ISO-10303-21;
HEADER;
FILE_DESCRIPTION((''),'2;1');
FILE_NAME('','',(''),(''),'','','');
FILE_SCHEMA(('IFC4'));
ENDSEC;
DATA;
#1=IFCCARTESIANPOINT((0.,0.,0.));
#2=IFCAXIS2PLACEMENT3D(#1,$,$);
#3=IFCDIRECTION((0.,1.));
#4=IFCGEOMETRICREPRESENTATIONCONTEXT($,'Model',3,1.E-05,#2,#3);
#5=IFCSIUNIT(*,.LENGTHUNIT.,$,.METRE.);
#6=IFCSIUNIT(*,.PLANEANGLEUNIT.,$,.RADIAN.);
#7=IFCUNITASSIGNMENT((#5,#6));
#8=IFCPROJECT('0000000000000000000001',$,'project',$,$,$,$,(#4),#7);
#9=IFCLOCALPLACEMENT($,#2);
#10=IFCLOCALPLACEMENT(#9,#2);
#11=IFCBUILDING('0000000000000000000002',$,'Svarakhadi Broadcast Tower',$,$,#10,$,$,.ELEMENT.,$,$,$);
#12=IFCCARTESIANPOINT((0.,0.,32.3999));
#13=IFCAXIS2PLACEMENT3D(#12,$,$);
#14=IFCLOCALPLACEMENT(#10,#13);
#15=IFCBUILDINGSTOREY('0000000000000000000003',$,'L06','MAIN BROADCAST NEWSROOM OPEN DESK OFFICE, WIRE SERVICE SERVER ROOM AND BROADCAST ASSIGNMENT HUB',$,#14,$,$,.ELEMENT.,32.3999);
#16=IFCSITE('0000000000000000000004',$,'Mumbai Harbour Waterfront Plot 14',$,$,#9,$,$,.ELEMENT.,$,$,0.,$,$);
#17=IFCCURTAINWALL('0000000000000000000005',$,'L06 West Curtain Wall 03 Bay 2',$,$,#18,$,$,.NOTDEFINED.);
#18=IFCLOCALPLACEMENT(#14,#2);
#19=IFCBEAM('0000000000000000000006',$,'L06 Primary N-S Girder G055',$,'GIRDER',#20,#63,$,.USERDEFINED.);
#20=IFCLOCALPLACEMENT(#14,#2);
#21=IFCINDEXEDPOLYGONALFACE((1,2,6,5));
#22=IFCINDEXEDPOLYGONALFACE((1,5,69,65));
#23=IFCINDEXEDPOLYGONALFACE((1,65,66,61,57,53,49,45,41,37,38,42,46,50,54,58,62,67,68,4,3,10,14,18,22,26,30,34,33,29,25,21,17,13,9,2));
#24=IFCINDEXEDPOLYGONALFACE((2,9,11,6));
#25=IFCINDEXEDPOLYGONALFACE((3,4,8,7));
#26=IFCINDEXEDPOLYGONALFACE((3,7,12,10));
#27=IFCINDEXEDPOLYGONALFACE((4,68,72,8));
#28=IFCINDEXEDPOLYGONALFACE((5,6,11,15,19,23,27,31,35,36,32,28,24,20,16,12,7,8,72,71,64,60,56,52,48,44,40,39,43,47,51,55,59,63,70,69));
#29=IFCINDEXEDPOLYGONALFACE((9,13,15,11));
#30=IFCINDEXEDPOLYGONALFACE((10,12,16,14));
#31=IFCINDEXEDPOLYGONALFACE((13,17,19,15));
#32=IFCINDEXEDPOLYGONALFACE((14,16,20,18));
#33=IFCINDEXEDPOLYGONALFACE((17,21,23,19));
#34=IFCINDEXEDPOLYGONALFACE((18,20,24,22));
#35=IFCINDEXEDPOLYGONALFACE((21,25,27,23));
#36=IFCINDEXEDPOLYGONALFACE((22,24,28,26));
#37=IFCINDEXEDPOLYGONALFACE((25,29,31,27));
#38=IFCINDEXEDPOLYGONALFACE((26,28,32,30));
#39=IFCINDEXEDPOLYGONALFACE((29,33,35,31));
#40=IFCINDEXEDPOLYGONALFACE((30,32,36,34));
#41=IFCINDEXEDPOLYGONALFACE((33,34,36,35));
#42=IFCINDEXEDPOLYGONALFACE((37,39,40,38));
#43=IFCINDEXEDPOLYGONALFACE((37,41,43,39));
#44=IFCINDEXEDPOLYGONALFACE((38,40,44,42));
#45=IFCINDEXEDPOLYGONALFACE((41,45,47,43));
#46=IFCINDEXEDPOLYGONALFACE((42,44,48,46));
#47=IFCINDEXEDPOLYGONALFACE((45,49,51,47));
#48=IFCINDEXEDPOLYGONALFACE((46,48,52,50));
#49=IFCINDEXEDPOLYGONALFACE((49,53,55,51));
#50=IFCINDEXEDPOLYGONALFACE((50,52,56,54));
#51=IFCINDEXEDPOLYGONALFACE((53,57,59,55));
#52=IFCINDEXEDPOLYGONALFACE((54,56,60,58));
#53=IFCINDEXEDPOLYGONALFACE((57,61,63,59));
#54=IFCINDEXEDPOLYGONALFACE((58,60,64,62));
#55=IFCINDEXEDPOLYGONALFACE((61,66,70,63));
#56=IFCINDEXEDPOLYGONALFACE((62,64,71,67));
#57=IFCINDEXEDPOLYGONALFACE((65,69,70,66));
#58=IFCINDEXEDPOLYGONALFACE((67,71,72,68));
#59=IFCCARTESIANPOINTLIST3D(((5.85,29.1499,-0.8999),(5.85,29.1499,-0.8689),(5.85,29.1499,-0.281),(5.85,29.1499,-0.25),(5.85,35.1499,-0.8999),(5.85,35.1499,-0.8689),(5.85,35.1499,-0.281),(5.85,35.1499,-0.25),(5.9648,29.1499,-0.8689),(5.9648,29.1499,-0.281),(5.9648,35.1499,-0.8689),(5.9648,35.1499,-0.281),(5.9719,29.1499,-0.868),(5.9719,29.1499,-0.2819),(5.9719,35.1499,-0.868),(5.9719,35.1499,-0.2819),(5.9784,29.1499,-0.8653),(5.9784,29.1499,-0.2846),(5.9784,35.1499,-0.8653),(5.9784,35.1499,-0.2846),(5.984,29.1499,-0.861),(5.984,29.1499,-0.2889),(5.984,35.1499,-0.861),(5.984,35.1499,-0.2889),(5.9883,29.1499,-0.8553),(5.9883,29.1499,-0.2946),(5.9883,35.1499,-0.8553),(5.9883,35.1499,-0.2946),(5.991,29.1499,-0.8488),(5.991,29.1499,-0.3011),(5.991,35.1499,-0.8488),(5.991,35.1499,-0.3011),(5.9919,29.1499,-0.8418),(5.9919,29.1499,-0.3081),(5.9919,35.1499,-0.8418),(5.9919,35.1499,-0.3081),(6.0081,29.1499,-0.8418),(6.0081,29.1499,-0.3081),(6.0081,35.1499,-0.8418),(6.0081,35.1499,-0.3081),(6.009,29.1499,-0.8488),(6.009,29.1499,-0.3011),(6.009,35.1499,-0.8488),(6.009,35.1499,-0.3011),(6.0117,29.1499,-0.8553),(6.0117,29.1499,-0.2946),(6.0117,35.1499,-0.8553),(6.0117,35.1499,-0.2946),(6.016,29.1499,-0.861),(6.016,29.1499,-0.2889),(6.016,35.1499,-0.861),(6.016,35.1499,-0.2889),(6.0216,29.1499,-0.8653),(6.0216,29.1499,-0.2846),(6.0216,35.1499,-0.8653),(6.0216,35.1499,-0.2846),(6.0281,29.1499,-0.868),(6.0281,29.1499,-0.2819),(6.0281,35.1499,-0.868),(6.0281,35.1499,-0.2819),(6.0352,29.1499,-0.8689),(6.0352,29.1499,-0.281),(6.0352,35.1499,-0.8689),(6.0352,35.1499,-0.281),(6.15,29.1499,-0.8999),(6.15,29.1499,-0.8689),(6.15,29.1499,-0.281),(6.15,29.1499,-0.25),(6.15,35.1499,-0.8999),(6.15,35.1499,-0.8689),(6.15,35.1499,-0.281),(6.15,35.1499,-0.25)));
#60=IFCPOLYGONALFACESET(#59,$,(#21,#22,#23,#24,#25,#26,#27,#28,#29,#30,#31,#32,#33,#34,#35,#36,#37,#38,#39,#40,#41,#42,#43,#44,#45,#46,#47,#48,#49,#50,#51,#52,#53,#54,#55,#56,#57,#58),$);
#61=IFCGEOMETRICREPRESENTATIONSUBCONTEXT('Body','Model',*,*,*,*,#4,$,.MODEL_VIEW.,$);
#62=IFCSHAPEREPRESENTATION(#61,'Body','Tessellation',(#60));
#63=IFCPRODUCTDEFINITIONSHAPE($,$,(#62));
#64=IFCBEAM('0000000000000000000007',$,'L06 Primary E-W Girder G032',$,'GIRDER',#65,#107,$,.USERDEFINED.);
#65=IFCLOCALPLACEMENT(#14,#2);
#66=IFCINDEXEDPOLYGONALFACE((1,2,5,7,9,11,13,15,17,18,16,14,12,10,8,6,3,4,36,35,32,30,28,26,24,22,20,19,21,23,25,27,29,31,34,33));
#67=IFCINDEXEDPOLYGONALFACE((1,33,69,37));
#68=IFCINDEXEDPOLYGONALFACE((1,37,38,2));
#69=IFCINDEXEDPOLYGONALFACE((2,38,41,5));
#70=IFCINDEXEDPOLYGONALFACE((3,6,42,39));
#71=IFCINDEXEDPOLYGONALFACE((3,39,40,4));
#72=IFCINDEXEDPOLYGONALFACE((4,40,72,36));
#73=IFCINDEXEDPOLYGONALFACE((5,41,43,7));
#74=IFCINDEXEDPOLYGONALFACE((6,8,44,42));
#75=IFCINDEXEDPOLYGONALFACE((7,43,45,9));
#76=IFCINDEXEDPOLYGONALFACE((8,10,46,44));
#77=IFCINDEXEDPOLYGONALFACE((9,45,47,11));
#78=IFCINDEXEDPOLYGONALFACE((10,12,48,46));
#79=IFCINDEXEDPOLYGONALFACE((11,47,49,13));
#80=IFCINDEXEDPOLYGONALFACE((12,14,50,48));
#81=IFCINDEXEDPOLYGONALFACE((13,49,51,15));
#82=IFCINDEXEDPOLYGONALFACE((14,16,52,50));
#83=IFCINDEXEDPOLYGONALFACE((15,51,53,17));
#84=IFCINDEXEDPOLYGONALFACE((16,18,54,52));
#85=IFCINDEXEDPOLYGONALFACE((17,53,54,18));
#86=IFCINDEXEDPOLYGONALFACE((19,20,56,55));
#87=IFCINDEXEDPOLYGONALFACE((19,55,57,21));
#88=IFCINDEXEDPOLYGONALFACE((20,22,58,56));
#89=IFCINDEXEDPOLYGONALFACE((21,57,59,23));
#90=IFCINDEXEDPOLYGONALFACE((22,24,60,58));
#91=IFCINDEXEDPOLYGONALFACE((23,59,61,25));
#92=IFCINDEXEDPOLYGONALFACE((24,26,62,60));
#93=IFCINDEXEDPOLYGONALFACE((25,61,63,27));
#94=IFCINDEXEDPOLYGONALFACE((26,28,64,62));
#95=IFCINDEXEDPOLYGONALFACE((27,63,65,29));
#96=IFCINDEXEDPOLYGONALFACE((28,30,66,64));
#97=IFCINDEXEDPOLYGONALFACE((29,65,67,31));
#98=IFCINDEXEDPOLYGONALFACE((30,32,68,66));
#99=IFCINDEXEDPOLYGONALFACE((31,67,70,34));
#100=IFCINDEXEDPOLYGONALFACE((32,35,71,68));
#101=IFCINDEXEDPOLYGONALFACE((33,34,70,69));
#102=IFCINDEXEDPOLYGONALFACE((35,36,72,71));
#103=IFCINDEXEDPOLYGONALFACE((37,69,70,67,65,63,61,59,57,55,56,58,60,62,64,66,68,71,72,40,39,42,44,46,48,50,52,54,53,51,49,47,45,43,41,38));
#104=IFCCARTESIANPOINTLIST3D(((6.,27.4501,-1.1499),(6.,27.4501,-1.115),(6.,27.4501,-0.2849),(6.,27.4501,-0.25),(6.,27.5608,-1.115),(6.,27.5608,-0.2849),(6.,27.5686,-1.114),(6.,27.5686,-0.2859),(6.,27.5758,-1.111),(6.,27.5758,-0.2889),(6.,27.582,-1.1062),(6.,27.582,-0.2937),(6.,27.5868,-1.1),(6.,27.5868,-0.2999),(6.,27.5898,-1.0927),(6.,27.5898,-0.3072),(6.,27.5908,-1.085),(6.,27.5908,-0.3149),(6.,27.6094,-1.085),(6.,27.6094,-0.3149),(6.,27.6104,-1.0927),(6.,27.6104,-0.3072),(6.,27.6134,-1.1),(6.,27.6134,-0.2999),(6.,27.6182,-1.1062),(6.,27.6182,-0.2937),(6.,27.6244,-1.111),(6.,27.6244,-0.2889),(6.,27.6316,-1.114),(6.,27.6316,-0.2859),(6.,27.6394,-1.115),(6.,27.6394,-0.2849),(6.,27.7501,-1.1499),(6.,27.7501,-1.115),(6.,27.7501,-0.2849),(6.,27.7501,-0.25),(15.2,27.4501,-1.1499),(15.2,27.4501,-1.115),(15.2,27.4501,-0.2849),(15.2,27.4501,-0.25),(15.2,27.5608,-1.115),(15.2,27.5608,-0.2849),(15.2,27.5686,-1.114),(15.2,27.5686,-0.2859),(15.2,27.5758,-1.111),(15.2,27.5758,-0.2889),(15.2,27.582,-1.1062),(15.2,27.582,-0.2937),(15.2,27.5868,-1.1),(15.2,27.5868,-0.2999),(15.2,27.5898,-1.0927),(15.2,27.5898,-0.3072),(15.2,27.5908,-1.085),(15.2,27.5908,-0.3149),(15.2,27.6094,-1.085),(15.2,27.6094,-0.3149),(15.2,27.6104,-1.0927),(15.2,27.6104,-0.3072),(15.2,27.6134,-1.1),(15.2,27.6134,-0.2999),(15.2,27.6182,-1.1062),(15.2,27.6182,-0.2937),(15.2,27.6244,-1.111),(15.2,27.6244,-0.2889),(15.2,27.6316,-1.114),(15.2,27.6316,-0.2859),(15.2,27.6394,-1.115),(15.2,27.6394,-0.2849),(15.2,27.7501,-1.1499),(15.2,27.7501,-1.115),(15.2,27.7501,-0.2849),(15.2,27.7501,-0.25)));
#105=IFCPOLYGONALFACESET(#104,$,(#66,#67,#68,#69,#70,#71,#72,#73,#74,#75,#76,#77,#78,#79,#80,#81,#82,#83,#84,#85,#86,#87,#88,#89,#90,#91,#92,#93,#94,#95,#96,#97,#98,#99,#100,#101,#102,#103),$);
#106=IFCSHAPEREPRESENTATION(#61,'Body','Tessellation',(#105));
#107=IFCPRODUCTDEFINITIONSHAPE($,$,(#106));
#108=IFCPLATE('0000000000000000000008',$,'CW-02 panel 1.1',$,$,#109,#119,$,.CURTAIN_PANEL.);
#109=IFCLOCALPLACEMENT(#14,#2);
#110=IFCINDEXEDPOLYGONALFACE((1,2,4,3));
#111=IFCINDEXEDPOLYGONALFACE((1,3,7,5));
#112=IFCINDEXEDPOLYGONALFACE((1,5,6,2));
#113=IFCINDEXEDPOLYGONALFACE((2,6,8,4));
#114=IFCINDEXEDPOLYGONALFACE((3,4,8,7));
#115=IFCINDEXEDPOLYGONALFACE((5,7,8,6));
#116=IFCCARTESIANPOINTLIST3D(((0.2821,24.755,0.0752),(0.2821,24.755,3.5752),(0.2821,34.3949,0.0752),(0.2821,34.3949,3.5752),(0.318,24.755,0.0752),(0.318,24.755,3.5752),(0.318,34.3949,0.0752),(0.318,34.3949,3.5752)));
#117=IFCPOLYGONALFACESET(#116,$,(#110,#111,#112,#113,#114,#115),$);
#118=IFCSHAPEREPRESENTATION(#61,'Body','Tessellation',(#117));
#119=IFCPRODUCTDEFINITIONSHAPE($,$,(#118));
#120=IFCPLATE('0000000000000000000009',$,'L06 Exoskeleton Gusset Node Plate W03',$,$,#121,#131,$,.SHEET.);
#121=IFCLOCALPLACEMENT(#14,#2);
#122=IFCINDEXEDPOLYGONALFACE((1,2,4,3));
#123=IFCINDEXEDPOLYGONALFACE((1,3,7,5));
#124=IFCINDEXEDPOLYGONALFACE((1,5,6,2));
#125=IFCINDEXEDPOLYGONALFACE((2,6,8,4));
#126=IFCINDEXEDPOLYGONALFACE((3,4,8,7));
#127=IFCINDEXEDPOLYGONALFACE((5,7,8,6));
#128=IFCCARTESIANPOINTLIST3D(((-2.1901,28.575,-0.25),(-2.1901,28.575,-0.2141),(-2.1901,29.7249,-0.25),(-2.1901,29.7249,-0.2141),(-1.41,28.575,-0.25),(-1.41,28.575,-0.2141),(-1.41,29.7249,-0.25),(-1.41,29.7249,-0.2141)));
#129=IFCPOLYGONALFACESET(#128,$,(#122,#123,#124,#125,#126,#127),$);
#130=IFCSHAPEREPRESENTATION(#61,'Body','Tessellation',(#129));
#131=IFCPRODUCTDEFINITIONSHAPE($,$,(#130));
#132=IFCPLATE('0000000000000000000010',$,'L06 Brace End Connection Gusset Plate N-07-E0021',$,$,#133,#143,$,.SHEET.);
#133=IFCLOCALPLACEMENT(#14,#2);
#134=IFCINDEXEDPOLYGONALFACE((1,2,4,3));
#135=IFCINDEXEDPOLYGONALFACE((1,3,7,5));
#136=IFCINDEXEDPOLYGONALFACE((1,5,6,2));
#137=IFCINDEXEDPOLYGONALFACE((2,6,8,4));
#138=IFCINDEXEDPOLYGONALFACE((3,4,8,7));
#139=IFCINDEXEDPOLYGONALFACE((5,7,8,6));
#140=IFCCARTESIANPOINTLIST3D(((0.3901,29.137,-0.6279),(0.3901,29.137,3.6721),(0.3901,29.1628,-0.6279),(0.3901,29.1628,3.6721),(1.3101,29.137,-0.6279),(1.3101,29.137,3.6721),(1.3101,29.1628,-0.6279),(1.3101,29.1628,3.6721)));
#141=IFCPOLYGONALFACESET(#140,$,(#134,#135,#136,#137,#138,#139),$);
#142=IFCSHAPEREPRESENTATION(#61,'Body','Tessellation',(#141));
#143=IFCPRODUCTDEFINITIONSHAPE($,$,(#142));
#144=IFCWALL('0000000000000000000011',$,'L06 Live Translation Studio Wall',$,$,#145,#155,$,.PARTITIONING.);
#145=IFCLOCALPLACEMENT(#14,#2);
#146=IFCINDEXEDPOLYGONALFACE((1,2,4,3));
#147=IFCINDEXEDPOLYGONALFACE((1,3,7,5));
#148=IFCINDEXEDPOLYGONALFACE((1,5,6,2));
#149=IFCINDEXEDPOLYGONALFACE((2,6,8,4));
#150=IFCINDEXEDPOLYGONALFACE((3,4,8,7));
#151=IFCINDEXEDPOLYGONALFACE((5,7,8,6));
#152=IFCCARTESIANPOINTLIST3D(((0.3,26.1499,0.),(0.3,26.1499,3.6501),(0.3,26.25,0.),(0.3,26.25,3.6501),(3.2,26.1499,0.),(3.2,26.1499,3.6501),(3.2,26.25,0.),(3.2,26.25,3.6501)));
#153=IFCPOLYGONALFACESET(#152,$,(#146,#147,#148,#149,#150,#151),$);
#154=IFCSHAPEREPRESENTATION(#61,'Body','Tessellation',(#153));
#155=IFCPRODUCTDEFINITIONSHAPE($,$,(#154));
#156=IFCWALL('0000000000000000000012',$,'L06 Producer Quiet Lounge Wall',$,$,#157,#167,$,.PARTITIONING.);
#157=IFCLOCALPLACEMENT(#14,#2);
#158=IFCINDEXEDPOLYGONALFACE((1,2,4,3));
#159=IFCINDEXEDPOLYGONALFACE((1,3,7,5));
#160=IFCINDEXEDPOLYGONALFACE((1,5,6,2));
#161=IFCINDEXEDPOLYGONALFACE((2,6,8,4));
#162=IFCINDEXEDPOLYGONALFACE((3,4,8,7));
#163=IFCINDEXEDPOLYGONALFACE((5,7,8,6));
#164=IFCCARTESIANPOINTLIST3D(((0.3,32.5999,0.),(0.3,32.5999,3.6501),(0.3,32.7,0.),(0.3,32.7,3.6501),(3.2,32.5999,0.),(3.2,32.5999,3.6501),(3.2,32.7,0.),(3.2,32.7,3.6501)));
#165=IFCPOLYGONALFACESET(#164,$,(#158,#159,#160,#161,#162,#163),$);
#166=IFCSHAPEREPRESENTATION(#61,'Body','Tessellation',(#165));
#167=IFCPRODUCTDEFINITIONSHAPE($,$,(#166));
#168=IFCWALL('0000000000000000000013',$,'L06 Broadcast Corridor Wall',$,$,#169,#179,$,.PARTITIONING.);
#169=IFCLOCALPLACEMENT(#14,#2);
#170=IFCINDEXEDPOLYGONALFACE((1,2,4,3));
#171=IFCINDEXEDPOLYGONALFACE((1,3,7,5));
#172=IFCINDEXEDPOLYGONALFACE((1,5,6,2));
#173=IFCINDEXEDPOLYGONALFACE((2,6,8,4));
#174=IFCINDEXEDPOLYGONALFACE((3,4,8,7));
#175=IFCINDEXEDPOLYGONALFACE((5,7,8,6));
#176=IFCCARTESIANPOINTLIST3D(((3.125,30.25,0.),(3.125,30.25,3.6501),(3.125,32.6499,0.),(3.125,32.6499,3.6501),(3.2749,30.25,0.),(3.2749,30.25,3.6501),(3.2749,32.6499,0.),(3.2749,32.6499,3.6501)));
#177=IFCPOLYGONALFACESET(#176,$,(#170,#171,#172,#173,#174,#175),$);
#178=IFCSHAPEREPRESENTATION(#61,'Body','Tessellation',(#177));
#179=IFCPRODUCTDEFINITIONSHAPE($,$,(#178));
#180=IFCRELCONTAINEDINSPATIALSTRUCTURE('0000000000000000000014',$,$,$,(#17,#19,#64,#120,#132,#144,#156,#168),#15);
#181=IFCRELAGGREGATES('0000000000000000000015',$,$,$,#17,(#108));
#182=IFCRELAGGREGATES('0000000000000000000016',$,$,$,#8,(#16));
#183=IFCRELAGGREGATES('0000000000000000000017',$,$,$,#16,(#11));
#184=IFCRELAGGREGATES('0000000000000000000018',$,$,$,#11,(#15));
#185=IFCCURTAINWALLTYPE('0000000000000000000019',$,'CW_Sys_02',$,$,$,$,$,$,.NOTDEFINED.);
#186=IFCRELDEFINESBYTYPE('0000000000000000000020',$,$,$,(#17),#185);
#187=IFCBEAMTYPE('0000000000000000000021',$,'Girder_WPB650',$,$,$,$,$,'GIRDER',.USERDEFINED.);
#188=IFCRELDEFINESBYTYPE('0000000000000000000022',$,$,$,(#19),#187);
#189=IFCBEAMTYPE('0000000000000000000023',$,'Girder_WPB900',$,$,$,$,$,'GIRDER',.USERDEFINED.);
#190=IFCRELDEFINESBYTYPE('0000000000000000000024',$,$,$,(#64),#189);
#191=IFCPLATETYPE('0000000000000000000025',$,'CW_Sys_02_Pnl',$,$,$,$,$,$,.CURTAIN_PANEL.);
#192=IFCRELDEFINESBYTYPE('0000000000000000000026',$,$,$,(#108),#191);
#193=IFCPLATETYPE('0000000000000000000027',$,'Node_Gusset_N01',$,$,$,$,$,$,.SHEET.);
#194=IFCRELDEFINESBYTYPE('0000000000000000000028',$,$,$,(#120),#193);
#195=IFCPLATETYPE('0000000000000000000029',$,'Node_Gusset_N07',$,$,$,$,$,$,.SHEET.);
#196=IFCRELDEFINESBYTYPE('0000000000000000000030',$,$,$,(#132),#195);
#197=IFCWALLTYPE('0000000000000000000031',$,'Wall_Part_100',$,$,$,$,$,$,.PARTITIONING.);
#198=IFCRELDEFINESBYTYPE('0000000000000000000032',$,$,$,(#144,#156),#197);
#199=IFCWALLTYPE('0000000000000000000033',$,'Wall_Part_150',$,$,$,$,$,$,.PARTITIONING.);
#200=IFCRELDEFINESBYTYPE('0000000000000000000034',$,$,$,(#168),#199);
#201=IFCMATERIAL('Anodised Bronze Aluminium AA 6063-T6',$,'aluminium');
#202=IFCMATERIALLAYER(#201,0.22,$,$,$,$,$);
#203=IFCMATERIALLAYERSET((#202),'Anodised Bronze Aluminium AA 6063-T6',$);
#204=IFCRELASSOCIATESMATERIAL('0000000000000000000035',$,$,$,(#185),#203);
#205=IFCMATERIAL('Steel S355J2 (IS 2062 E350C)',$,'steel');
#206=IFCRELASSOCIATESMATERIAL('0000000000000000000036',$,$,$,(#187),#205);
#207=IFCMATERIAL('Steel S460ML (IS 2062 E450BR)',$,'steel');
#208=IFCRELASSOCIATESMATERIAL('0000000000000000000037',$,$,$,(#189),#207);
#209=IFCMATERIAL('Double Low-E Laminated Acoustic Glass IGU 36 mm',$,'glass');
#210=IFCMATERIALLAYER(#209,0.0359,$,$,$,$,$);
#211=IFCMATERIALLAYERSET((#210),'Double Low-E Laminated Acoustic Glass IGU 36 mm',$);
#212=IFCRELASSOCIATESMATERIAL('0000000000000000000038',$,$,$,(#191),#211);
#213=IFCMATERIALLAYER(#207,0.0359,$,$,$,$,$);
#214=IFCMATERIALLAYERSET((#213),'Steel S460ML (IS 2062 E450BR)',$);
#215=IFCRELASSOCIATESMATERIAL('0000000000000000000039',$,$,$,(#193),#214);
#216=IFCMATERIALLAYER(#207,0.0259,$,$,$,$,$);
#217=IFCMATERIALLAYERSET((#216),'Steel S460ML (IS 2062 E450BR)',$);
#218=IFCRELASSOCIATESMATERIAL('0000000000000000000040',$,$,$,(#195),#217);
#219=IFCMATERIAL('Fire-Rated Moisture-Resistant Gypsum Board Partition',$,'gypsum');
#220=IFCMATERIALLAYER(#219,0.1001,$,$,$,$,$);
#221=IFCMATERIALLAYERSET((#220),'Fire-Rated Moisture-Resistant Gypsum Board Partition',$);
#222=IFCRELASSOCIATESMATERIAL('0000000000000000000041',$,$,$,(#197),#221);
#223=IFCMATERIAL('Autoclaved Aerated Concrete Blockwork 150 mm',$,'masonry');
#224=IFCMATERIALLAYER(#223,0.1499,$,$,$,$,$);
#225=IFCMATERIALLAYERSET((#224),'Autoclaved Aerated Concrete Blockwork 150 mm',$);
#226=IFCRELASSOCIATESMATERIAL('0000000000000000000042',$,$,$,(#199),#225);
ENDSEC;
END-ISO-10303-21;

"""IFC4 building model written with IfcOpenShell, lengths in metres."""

from ifc_helpers import new_model, si_unit, direction, frame, frame_2d, origin, origin_2d, place, context, subcontext, project, spatial, rectangle, i_section, extrude, material, layer, layer_set, material_profile, profile_set, type_object, element, aggregate, save


model = new_model("IFC4")

# Units and contexts
model_context = context("Model", 3, precision=1e-05, world=origin(), true_north=direction((0.0, 1.0)))
body_context = subcontext(model_context, "Body", "Model", "MODEL_VIEW")
ifc_project = project(units=[si_unit("LENGTHUNIT", "METRE"), si_unit("PLANEANGLEUNIT", "RADIAN")], contexts=[model_context])

# Site, building, storey
site_placement = place(None, origin())
site = spatial("IfcSite", under=ifc_project, at=site_placement, Name="Mumbai Harbour Waterfront Plot 14", CompositionType="ELEMENT", RefElevation=0.0)
building_placement = place(site_placement, origin())
building = spatial("IfcBuilding", under=site, at=building_placement, Name="Svarakhadi Broadcast Tower", CompositionType="ELEMENT")
storey_placement = place(building_placement, frame((0.0, 0.0, 32.3999)))
storey = spatial("IfcBuildingStorey", under=building, at=storey_placement, Name="L06", Description="MAIN BROADCAST NEWSROOM OPEN DESK OFFICE, WIRE SERVICE SERVER ROOM AND BROADCAST ASSIGNMENT HUB", CompositionType="ELEMENT", Elevation=32.3999)

# Shared definitions
ifc_material_1 = material(Name="Steel S460ML (IS 2062 E450BR)", Category="steel")

# Shared definitions
ifc_material_2 = material(Name="Steel S355J2 (IS 2062 E350C)", Category="steel")

# Curtain wall
ifc_material_3 = material(Name="Anodised Bronze Aluminium AA 6063-T6", Category="aluminium")
ifc_layer_1 = layer(ifc_material_3, 0.22)
ifc_layer_set_1 = layer_set([ifc_layer_1], Name="Anodised Bronze Aluminium AA 6063-T6")
curtain_wall_type = type_object("IfcCurtainWallType", Name="CW_Sys_02", PredefinedType="NOTDEFINED", material=ifc_layer_set_1)
curtain_wall_placement = place(storey_placement, origin())
curtain_wall = element("IfcCurtainWall", 1, at=curtain_wall_placement, inside=storey, type_object=curtain_wall_type, Name="L06 West Curtain Wall 03 Bay 2", PredefinedType="NOTDEFINED")

# Beams
ifc_material_profile_1 = material_profile(ifc_material_2, i_section(OverallWidth=0.3, OverallDepth=0.6499, WebThickness=0.0161, FlangeThickness=0.031, FilletRadius=0.0271, at=origin_2d()), Name="WPB 650x300x225")
ifc_profile_set_1 = profile_set([ifc_material_profile_1], Name="Steel S355J2 (IS 2062 E350C)")
beam_type_1 = type_object("IfcBeamType", Name="Girder_WPB650", ElementType="GIRDER", PredefinedType="USERDEFINED", material=ifc_profile_set_1)
for number, where, z_axis, x_axis, name in (
    (2, (6.0, 29.1499, -0.575), (0.0, 1.0, 0.0), (-1.0, 0.0, 0.0), "L06 Primary N-S Girder G055"),
):
    element("IfcBeam", number, at=place(storey_placement, frame(where, z_axis=z_axis, x_axis=x_axis)), inside=storey, type_object=beam_type_1, Name=name, ObjectType="GIRDER", PredefinedType="USERDEFINED", context=body_context, shape_type="SweptSolid", body=[
        extrude(i_section(OverallWidth=0.3, OverallDepth=0.6499, WebThickness=0.0161, FlangeThickness=0.031, FilletRadius=0.0271, at=origin_2d()), origin(), (0.0, 0.0, 1.0), 6.0),
    ])
ifc_material_profile_2 = material_profile(ifc_material_1, i_section(OverallWidth=0.3, OverallDepth=0.8999, WebThickness=0.0186, FlangeThickness=0.0349, FilletRadius=0.03, at=origin_2d()), Name="WPB 900x300x291")
ifc_profile_set_2 = profile_set([ifc_material_profile_2], Name="Steel S460ML (IS 2062 E450BR)")
beam_type_2 = type_object("IfcBeamType", Name="Girder_WPB900", ElementType="GIRDER", PredefinedType="USERDEFINED", material=ifc_profile_set_2)
beam_1_placement = place(storey_placement, frame((6.0, 27.6001, -0.7), z_axis=(1.0, 0.0, 0.0), x_axis=(0.0, 1.0, 0.0)))
element("IfcBeam", 3, at=beam_1_placement, inside=storey, type_object=beam_type_2, Name="L06 Primary E-W Girder G032", ObjectType="GIRDER", PredefinedType="USERDEFINED", context=body_context, shape_type="SweptSolid", body=[
    extrude(i_section(OverallWidth=0.3, OverallDepth=0.8999, WebThickness=0.0186, FlangeThickness=0.0349, FilletRadius=0.03, at=origin_2d()), origin(), (0.0, 0.0, 1.0), 9.2),
])

# Plate
ifc_material_4 = material(Name="Double Low-E Laminated Acoustic Glass IGU 36 mm", Category="glass")
ifc_layer_2 = layer(ifc_material_4, 0.0359)
ifc_layer_set_2 = layer_set([ifc_layer_2], Name="Double Low-E Laminated Acoustic Glass IGU 36 mm")
plate_type_1 = type_object("IfcPlateType", Name="CW_Sys_02_Pnl", PredefinedType="CURTAIN_PANEL", material=ifc_layer_set_2)
plate_1_placement = place(storey_placement, frame((0.3, 29.575, 0.0752), z_axis=(0.0, 0.0, 1.0), x_axis=(0.0, 1.0, 0.0)))
plate_1 = element("IfcPlate", 4, at=plate_1_placement, type_object=plate_type_1, Name="CW-02 panel 1.1", PredefinedType="CURTAIN_PANEL", context=body_context, shape_type="SweptSolid", body=[
    extrude(rectangle(XDim=9.6399, YDim=0.0359, at=origin_2d()), origin(), (0.0, 0.0, 1.0), 3.5),
])
aggregate(curtain_wall, [plate_1])

# Plates
ifc_layer_3 = layer(ifc_material_1, 0.0359)
ifc_layer_set_3 = layer_set([ifc_layer_3], Name="Steel S460ML (IS 2062 E450BR)")
plate_type_2 = type_object("IfcPlateType", Name="Node_Gusset_N01", PredefinedType="SHEET", material=ifc_layer_set_3)
plate_2_placement = place(storey_placement, frame((-1.8, 29.1499, -0.25), z_axis=(0.0, 0.0, 1.0), x_axis=(0.0, 1.0, 0.0)))
element("IfcPlate", 5, at=plate_2_placement, inside=storey, type_object=plate_type_2, Name="L06 Exoskeleton Gusset Node Plate W03", PredefinedType="SHEET", context=body_context, shape_type="SweptSolid", body=[
    extrude(rectangle(XDim=1.1499, YDim=0.78, at=origin_2d()), origin(), (0.0, 0.0, 1.0), 0.0359),
])
ifc_layer_4 = layer(ifc_material_1, 0.0259)
ifc_layer_set_4 = layer_set([ifc_layer_4], Name="Steel S460ML (IS 2062 E450BR)")
plate_type_3 = type_object("IfcPlateType", Name="Node_Gusset_N07", PredefinedType="SHEET", material=ifc_layer_set_4)
plate_3_placement = place(storey_placement, frame((0.8501, 29.1499, -0.6279), z_axis=(0.0, 0.0, 1.0), x_axis=(1.0, 0.0, 0.0)))
element("IfcPlate", 6, at=plate_3_placement, inside=storey, type_object=plate_type_3, Name="L06 Brace End Connection Gusset Plate N-07-E0021", PredefinedType="SHEET", context=body_context, shape_type="SweptSolid", body=[
    extrude(rectangle(XDim=0.9199, YDim=0.0259, at=origin_2d()), origin(), (0.0, 0.0, 1.0), 4.3),
])

# Walls
ifc_material_5 = material(Name="Fire-Rated Moisture-Resistant Gypsum Board Partition", Category="gypsum")
ifc_layer_5 = layer(ifc_material_5, 0.1001)
ifc_layer_set_5 = layer_set([ifc_layer_5], Name="Fire-Rated Moisture-Resistant Gypsum Board Partition")
wall_type_1 = type_object("IfcWallType", Name="Wall_Part_100", PredefinedType="PARTITIONING", material=ifc_layer_set_5)
for number, where, z_axis, x_axis, name in (
    (7, (0.3, 26.2, 0.0), (0.0, 0.0, 1.0), (1.0, 0.0, 0.0), "L06 Live Translation Studio Wall"),
    (8, (0.3, 32.6499, 0.0), (0.0, 0.0, 1.0), (1.0, 0.0, 0.0), "L06 Producer Quiet Lounge Wall"),
):
    element("IfcWall", number, at=place(storey_placement, frame(where, z_axis=z_axis, x_axis=x_axis)), inside=storey, type_object=wall_type_1, Name=name, PredefinedType="PARTITIONING", context=body_context, shape_type="SweptSolid", body=[
        extrude(rectangle(XDim=2.8999, YDim=0.1001, at=frame_2d((1.45, 0.0))), origin(), (0.0, 0.0, 1.0), 3.6501),
    ])
ifc_material_6 = material(Name="Autoclaved Aerated Concrete Blockwork 150 mm", Category="masonry")
ifc_layer_6 = layer(ifc_material_6, 0.1499)
ifc_layer_set_6 = layer_set([ifc_layer_6], Name="Autoclaved Aerated Concrete Blockwork 150 mm")
wall_type_2 = type_object("IfcWallType", Name="Wall_Part_150", PredefinedType="PARTITIONING", material=ifc_layer_set_6)
wall_1_placement = place(storey_placement, frame((3.2, 30.25, 0.0), z_axis=(0.0, 0.0, 1.0), x_axis=(0.0, 1.0, 0.0)))
element("IfcWall", 9, at=wall_1_placement, inside=storey, type_object=wall_type_2, Name="L06 Broadcast Corridor Wall", PredefinedType="PARTITIONING", context=body_context, shape_type="SweptSolid", body=[
    extrude(rectangle(XDim=2.3999, YDim=0.1499, at=frame_2d((1.2, 0.0))), origin(), (0.0, 0.0, 1.0), 3.6501),
])

save(model, "model.ifc")
